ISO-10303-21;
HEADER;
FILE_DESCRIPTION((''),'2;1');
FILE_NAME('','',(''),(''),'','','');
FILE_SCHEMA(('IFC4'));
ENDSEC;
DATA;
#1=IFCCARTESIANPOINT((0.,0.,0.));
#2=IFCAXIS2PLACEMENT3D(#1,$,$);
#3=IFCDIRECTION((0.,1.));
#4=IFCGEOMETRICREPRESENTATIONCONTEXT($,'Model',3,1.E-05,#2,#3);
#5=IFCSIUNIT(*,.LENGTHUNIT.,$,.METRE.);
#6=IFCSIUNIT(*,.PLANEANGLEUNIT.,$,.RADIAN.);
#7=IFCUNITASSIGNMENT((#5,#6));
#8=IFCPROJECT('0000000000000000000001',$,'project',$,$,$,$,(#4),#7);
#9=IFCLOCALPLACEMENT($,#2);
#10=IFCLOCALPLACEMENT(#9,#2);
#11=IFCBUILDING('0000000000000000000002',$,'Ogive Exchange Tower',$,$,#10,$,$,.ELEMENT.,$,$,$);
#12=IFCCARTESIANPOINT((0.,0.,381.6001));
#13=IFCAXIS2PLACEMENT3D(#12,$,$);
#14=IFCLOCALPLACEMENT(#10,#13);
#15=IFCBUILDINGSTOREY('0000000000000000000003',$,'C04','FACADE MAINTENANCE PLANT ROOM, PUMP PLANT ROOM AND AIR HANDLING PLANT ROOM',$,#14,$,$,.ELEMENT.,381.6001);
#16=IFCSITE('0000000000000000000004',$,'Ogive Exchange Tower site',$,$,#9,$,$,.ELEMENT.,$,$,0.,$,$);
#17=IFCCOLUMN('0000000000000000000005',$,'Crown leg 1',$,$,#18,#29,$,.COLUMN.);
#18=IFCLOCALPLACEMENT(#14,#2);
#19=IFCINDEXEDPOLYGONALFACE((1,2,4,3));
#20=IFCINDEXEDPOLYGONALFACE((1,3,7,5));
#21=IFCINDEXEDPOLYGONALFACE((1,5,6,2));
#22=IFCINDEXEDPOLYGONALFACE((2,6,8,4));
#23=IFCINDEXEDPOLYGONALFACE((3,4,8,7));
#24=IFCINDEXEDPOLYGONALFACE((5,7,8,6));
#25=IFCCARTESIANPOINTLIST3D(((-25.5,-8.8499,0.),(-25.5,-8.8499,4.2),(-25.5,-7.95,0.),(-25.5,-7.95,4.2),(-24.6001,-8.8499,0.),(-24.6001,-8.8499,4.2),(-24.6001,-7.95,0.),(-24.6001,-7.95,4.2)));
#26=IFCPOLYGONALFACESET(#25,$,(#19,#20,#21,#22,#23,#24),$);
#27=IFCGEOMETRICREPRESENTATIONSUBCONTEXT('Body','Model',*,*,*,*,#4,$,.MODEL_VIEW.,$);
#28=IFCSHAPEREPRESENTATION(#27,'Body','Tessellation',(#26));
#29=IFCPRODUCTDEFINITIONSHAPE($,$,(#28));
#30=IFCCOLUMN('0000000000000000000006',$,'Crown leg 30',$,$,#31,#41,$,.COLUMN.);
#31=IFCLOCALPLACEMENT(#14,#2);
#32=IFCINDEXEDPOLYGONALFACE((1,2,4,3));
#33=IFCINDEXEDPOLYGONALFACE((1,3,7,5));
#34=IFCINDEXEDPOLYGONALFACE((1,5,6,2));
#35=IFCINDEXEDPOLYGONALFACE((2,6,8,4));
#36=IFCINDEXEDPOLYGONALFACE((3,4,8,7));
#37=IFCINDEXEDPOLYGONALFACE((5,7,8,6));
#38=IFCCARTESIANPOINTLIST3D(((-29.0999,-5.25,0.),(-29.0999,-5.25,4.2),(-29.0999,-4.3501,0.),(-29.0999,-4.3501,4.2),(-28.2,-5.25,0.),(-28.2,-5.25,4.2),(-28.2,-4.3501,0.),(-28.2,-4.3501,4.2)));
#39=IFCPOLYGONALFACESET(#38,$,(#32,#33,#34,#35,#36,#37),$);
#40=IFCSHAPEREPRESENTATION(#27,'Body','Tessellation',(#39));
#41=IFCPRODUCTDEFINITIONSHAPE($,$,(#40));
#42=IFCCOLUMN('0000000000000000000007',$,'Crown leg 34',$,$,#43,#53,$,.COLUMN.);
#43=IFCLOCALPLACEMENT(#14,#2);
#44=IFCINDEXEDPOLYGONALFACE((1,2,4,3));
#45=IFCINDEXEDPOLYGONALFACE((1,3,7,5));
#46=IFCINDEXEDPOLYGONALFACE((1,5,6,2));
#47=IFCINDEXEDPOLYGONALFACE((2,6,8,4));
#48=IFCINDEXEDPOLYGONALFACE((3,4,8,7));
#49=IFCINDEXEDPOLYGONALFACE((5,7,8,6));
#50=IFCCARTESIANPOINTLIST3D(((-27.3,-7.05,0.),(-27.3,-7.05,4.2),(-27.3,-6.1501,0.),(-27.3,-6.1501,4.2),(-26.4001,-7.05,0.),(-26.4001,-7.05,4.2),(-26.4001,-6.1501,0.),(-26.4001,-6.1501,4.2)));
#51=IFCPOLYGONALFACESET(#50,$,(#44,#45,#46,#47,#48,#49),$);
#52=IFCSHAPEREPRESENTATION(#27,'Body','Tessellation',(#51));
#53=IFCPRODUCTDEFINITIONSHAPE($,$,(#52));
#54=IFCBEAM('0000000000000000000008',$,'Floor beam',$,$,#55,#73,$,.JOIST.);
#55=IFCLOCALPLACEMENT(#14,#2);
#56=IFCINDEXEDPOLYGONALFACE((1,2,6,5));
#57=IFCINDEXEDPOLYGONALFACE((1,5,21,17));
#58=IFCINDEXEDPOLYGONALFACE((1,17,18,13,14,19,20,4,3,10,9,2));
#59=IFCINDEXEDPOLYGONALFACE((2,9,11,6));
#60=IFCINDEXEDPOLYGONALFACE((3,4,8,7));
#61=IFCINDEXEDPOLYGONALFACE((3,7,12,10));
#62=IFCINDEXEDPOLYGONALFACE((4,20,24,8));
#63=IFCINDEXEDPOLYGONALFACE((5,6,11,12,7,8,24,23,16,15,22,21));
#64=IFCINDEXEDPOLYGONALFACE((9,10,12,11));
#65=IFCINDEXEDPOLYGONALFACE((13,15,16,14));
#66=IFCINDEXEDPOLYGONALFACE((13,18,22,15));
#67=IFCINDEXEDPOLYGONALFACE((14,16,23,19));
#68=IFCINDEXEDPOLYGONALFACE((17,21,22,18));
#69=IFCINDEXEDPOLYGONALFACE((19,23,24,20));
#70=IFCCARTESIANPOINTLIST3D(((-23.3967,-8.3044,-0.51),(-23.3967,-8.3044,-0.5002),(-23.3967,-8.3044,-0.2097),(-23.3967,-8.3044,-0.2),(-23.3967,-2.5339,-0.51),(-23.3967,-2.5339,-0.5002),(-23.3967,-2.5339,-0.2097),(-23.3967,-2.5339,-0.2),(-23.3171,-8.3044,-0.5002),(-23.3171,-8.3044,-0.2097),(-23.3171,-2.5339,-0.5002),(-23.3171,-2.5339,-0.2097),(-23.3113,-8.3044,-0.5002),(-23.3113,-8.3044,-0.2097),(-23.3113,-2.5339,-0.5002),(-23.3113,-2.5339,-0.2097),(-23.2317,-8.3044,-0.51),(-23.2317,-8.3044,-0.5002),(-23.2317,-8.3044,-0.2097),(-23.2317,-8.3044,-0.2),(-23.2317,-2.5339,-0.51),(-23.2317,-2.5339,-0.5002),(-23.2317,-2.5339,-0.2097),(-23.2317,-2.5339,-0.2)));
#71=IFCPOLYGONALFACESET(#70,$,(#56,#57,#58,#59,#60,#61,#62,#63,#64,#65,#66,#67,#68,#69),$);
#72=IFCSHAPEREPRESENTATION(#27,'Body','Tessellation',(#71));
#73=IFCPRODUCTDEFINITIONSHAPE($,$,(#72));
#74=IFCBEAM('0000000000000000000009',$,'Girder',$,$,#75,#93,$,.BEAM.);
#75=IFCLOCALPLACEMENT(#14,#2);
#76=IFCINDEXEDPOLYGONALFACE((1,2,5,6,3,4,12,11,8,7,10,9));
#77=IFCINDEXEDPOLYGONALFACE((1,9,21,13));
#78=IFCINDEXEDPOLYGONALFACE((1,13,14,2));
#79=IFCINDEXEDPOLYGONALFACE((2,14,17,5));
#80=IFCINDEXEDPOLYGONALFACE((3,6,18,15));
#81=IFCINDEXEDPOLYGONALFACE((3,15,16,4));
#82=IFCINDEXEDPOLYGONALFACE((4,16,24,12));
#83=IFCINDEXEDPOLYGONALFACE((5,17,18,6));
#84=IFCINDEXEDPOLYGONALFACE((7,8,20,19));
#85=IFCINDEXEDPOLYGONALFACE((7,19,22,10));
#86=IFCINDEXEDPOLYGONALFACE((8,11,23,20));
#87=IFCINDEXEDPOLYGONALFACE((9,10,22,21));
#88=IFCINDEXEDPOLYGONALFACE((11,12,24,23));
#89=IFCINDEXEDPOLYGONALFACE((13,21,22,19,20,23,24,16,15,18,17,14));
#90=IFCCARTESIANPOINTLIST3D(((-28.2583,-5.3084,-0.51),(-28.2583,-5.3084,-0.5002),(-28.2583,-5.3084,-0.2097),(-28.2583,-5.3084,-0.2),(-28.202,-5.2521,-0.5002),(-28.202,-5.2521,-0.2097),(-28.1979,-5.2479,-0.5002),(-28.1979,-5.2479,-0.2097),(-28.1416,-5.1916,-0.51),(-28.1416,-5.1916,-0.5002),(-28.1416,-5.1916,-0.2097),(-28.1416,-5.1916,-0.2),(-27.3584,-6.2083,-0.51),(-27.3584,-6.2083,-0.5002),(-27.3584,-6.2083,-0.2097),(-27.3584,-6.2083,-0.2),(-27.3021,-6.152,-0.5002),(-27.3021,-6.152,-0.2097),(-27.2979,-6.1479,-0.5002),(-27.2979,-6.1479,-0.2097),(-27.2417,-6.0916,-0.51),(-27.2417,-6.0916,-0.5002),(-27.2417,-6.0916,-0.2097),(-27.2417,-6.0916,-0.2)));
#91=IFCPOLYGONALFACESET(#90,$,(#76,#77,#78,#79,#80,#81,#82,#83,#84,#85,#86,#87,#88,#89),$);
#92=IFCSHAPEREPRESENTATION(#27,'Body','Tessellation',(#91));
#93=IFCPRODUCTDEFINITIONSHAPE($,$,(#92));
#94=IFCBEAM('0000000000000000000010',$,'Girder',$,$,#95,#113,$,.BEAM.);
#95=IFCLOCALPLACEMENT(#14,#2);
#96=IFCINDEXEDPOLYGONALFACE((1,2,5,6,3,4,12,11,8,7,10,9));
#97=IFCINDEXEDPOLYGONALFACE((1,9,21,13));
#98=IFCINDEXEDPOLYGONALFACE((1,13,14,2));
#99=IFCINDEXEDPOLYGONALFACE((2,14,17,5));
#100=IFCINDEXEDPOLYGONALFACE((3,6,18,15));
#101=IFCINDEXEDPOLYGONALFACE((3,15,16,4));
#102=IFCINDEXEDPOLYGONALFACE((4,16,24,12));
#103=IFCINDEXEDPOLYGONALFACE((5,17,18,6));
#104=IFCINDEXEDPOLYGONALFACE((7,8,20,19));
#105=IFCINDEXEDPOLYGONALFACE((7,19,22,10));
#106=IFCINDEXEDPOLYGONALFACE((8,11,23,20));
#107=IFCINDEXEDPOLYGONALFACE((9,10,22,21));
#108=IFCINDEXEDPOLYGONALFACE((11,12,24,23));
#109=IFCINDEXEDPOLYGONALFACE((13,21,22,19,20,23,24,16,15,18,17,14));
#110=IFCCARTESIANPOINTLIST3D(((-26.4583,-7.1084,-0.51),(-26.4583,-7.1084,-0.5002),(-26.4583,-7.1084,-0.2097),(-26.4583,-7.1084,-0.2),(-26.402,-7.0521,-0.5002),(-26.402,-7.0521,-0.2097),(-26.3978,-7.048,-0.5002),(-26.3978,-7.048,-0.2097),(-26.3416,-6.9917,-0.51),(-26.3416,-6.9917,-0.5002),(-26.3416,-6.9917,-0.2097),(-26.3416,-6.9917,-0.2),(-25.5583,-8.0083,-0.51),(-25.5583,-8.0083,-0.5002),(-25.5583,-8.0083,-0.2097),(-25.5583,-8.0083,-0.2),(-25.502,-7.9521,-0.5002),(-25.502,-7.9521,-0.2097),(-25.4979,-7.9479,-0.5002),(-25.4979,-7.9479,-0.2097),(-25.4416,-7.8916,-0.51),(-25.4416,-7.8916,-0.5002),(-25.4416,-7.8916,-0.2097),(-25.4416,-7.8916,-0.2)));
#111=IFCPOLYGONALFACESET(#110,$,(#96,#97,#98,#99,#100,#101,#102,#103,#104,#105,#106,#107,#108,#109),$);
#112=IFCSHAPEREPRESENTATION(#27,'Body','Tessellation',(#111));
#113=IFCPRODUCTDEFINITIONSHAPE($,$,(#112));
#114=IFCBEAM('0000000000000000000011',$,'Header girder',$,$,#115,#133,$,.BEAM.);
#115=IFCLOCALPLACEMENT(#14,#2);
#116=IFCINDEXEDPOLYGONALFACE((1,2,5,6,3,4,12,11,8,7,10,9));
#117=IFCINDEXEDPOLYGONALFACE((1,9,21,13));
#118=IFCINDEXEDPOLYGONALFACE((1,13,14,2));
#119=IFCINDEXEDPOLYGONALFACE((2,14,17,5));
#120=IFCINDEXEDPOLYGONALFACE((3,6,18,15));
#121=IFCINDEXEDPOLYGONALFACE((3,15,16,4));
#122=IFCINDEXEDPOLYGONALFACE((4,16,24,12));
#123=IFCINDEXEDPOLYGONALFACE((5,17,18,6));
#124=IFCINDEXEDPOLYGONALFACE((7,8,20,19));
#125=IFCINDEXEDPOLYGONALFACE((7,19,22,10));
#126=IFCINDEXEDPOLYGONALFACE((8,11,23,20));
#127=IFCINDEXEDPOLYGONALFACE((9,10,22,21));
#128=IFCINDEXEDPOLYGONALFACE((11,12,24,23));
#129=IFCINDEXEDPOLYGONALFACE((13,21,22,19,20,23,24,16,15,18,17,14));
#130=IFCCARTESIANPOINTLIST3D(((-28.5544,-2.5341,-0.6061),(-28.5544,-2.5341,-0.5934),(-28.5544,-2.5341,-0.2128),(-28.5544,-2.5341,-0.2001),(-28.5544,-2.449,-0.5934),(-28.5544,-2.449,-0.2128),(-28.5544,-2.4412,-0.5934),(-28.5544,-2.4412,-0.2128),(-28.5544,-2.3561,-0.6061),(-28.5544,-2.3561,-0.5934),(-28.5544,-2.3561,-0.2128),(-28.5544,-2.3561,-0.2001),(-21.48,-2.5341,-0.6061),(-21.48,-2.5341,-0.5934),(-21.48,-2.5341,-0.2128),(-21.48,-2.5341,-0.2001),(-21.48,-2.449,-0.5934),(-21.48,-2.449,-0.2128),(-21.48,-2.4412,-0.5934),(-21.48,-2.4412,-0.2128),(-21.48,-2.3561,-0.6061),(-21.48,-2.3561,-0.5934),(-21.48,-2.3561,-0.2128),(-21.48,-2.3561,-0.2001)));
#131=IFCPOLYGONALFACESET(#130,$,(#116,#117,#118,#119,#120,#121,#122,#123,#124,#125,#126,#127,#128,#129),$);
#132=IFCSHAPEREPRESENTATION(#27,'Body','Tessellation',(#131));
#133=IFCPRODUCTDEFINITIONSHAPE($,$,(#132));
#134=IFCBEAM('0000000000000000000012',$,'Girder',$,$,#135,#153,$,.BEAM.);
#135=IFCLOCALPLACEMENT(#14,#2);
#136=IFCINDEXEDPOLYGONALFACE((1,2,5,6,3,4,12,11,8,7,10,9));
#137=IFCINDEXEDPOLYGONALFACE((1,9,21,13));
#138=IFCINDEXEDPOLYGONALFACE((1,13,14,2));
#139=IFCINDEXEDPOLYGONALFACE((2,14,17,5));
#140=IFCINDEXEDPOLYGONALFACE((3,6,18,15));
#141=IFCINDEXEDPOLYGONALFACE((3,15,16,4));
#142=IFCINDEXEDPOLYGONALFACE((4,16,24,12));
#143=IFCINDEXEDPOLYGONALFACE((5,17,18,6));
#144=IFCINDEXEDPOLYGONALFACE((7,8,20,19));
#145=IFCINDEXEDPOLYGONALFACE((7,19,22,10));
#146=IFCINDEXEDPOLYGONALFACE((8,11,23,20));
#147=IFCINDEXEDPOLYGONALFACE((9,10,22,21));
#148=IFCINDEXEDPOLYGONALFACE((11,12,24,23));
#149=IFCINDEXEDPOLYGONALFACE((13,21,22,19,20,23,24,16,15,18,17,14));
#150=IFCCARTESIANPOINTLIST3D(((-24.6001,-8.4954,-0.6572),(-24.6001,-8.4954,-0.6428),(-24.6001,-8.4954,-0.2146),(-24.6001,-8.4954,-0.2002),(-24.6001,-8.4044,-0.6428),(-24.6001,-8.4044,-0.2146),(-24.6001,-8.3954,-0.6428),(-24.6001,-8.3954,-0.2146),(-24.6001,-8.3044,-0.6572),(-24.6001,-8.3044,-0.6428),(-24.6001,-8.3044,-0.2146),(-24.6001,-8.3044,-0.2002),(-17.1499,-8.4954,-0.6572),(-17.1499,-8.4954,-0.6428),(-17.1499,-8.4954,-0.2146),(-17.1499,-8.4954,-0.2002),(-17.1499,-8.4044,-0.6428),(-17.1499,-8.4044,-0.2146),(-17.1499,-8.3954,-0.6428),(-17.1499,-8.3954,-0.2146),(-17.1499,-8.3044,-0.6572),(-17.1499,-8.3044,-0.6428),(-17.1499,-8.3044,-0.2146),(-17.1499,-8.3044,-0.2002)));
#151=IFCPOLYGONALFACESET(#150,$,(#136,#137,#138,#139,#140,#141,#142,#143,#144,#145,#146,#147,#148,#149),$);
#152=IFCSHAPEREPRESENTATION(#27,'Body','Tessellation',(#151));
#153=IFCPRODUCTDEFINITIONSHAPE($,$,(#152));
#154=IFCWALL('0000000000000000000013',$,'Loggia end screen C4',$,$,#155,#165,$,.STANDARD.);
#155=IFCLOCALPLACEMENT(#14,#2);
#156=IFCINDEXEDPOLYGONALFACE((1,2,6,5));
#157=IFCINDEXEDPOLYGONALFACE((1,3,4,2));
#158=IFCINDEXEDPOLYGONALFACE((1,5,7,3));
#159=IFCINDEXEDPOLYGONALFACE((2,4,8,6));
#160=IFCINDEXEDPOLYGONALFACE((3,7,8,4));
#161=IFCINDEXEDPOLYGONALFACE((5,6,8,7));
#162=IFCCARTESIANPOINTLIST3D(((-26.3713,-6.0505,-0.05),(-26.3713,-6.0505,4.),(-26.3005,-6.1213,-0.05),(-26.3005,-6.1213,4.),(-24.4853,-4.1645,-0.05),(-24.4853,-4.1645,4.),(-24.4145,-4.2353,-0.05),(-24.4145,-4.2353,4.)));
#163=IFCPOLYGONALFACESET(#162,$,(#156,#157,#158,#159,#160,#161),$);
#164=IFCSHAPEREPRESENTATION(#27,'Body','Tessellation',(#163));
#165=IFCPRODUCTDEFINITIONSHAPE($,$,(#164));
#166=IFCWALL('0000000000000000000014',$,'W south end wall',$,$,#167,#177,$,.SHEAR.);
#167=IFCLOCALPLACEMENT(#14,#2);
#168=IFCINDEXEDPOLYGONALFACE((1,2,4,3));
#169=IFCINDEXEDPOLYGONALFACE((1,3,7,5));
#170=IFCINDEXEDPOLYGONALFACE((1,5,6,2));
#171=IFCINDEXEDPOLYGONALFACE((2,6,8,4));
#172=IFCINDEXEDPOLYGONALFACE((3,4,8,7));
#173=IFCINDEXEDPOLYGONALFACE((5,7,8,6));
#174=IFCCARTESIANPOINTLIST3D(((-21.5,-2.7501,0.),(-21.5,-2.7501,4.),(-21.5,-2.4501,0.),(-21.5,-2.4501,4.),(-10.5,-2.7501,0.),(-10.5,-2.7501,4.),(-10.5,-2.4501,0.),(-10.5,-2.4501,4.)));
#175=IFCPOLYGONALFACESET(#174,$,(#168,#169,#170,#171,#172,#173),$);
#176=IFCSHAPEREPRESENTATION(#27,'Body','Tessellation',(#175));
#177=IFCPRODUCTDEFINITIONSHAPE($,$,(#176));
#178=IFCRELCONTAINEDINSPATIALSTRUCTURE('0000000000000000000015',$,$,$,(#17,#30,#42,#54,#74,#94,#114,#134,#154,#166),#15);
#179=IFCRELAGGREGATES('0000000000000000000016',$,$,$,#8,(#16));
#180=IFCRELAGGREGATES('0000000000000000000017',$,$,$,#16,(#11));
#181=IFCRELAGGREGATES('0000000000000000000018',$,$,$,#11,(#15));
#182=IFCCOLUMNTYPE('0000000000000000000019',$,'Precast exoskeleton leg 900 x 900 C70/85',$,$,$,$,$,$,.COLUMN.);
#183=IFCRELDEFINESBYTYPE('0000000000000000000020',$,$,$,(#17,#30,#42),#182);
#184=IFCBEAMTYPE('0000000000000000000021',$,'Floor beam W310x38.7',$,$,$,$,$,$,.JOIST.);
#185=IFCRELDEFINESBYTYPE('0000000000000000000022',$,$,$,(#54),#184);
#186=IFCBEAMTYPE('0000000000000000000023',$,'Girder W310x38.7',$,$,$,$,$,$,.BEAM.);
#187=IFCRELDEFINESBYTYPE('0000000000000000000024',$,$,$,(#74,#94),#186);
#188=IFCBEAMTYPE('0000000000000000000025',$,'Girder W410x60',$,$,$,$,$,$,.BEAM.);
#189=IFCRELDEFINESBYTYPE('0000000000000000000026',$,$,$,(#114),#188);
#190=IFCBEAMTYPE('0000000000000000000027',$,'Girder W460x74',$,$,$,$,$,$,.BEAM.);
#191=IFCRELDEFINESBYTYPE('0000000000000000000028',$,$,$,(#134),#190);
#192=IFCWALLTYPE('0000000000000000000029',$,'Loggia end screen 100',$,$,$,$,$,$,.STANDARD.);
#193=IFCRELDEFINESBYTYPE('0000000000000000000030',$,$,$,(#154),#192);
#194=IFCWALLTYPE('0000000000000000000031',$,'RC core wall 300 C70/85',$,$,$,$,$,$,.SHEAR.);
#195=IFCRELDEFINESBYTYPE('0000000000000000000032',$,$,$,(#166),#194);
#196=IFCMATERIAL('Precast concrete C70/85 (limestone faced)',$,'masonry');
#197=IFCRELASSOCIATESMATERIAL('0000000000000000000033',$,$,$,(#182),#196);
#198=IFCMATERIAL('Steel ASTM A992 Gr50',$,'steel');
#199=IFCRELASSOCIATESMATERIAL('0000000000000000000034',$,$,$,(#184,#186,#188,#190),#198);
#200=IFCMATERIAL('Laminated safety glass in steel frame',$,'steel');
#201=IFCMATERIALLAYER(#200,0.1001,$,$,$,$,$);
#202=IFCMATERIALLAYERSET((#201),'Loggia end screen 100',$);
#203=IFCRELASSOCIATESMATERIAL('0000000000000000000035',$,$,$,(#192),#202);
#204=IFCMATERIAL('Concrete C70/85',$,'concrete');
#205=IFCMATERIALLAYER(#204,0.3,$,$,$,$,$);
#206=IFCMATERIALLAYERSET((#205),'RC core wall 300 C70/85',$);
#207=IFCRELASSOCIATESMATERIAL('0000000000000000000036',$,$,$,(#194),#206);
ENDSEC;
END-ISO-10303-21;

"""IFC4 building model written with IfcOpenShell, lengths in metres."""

from ifc_helpers import new_model, si_unit, direction, frame, frame_2d, origin, origin_2d, place, context, subcontext, project, spatial, rectangle, i_section, extrude, material, layer, layer_set, material_profile, profile_set, type_object, element, save


model = new_model("IFC4")

# Units and contexts
model_context = context("Model", 3, precision=1e-05, world=origin(), true_north=direction((0.0, 1.0)))
body_context = subcontext(model_context, "Body", "Model", "MODEL_VIEW")
ifc_project = project(units=[si_unit("LENGTHUNIT", "METRE"), si_unit("PLANEANGLEUNIT", "RADIAN")], contexts=[model_context])

# Site, building, storey
site_placement = place(None, origin())
site = spatial("IfcSite", under=ifc_project, at=site_placement, Name="Ogive Exchange Tower site", CompositionType="ELEMENT", RefElevation=0.0)
building_placement = place(site_placement, origin())
building = spatial("IfcBuilding", under=site, at=building_placement, Name="Ogive Exchange Tower", CompositionType="ELEMENT")
storey_placement = place(building_placement, frame((0.0, 0.0, 381.6001)))
storey = spatial("IfcBuildingStorey", under=building, at=storey_placement, Name="C04", Description="FACADE MAINTENANCE PLANT ROOM, PUMP PLANT ROOM AND AIR HANDLING PLANT ROOM", CompositionType="ELEMENT", Elevation=381.6001)

# Columns
ifc_material_1 = material(Name="Precast concrete C70/85 (limestone faced)", Category="masonry")
ifc_material_profile_1 = material_profile(ifc_material_1, rectangle(XDim=0.8999, YDim=0.8999, at=origin_2d()), Name="900 x 900")
ifc_profile_set_1 = profile_set([ifc_material_profile_1], Name="Precast concrete C70/85 (limestone faced)")
column_type = type_object("IfcColumnType", Name="Precast exoskeleton leg 900 x 900 C70/85", PredefinedType="COLUMN", material=ifc_profile_set_1)
for number, where, z_axis, x_axis, name in (
    (1, (-25.05, -8.3999, 0.0), (0.0, 0.0, 1.0), (1.0, 0.0, 0.0), "Crown leg 1"),
    (2, (-28.6499, -4.8, 0.0), (0.0, 0.0, 1.0), (1.0, 0.0, 0.0), "Crown leg 30"),
    (3, (-26.8501, -6.6001, 0.0), (0.0, 0.0, 1.0), (1.0, 0.0, 0.0), "Crown leg 34"),
):
    element("IfcColumn", number, at=place(storey_placement, frame(where, z_axis=z_axis, x_axis=x_axis)), inside=storey, type_object=column_type, Name=name, PredefinedType="COLUMN", context=body_context, shape_type="SweptSolid", body=[
        extrude(rectangle(XDim=0.8999, YDim=0.8999, at=origin_2d()), origin(), (0.0, 0.0, 1.0), 4.2),
    ])

# Beams
ifc_material_2 = material(Name="Steel ASTM A992 Gr50", Category="steel")
ifc_material_profile_2 = material_profile(ifc_material_2, i_section(OverallWidth=0.165, OverallDepth=0.3101, WebThickness=0.0059, FlangeThickness=0.0098, at=origin_2d()), Name="W310x38.7")
ifc_profile_set_2 = profile_set([ifc_material_profile_2], Name="Steel ASTM A992 Gr50")
beam_type_1 = type_object("IfcBeamType", Name="Floor beam W310x38.7", PredefinedType="JOIST", material=ifc_profile_set_2)
beam_1_placement = place(storey_placement, frame((-23.3142, -8.3044, -0.355), z_axis=(0.0, 1.0, 0.0), x_axis=(-1.0, 0.0, 0.0)))
element("IfcBeam", 4, at=beam_1_placement, inside=storey, type_object=beam_type_1, Name="Floor beam", PredefinedType="JOIST", context=body_context, shape_type="SweptSolid", body=[
    extrude(i_section(OverallWidth=0.165, OverallDepth=0.3101, WebThickness=0.0059, FlangeThickness=0.0098, at=origin_2d()), origin(), (0.0, 0.0, 1.0), 5.7705),
])
ifc_material_profile_3 = material_profile(ifc_material_2, i_section(OverallWidth=0.165, OverallDepth=0.3101, WebThickness=0.0059, FlangeThickness=0.0098, at=origin_2d()), Name="W310x38.7")
ifc_profile_set_3 = profile_set([ifc_material_profile_3], Name="Steel ASTM A992 Gr50")
beam_type_2 = type_object("IfcBeamType", Name="Girder W310x38.7", PredefinedType="BEAM", material=ifc_profile_set_3)
for number, where, z_axis, x_axis, name in (
    (5, (-28.2, -5.25, -0.355), (0.707107, -0.707107, 0.0), (0.707107, 0.707107, 0.0), "Girder"),
    (6, (-26.3999, -7.05, -0.355), (0.707107, -0.707107, 0.0), (0.707107, 0.707107, 0.0), "Girder"),
):
    element("IfcBeam", number, at=place(storey_placement, frame(where, z_axis=z_axis, x_axis=x_axis)), inside=storey, type_object=beam_type_2, Name=name, PredefinedType="BEAM", context=body_context, shape_type="SweptSolid", body=[
        extrude(i_section(OverallWidth=0.165, OverallDepth=0.3101, WebThickness=0.0059, FlangeThickness=0.0098, at=origin_2d()), origin(), (0.0, 0.0, 1.0), 1.2727),
    ])
ifc_material_profile_4 = material_profile(ifc_material_2, i_section(OverallWidth=0.178, OverallDepth=0.406, WebThickness=0.0078, FlangeThickness=0.0127, at=origin_2d()), Name="W410x60")
ifc_profile_set_4 = profile_set([ifc_material_profile_4], Name="Steel ASTM A992 Gr50")
beam_type_3 = type_object("IfcBeamType", Name="Girder W410x60", PredefinedType="BEAM", material=ifc_profile_set_4)
beam_2_placement = place(storey_placement, frame((-28.5544, -2.4451, -0.4031), z_axis=(1.0, 0.0, 0.0), x_axis=(0.0, 1.0, 0.0)))
element("IfcBeam", 7, at=beam_2_placement, inside=storey, type_object=beam_type_3, Name="Header girder", PredefinedType="BEAM", context=body_context, shape_type="SweptSolid", body=[
    extrude(i_section(OverallWidth=0.178, OverallDepth=0.406, WebThickness=0.0078, FlangeThickness=0.0127, at=origin_2d()), origin(), (0.0, 0.0, 1.0), 7.0745),
])
ifc_material_profile_5 = material_profile(ifc_material_2, i_section(OverallWidth=0.1909, OverallDepth=0.457, WebThickness=0.009, FlangeThickness=0.0144, at=origin_2d()), Name="W460x74")
ifc_profile_set_5 = profile_set([ifc_material_profile_5], Name="Steel ASTM A992 Gr50")
beam_type_4 = type_object("IfcBeamType", Name="Girder W460x74", PredefinedType="BEAM", material=ifc_profile_set_5)
beam_3_placement = place(storey_placement, frame((-24.6001, -8.3999, -0.4287), z_axis=(1.0, 0.0, 0.0), x_axis=(0.0, 1.0, 0.0)))
element("IfcBeam", 8, at=beam_3_placement, inside=storey, type_object=beam_type_4, Name="Girder", PredefinedType="BEAM", context=body_context, shape_type="SweptSolid", body=[
    extrude(i_section(OverallWidth=0.1909, OverallDepth=0.457, WebThickness=0.009, FlangeThickness=0.0144, at=origin_2d()), origin(), (0.0, 0.0, 1.0), 7.4502),
])

# Walls
ifc_material_3 = material(Name="Laminated safety glass in steel frame", Category="steel")
ifc_layer_1 = layer(ifc_material_3, 0.1001)
ifc_layer_set_1 = layer_set([ifc_layer_1], Name="Loggia end screen 100")
wall_type_1 = type_object("IfcWallType", Name="Loggia end screen 100", PredefinedType="STANDARD", material=ifc_layer_set_1)
wall_1_placement = place(storey_placement, frame((-24.45, -4.2, -0.05), z_axis=(0.0, 0.0, 1.0), x_axis=(-0.707107, -0.707107, 0.0)))
element("IfcWall", 9, at=wall_1_placement, inside=storey, type_object=wall_type_1, Name="Loggia end screen C4", PredefinedType="STANDARD", context=body_context, shape_type="SweptSolid", body=[
    extrude(rectangle(XDim=2.6672, YDim=0.1001, at=frame_2d((1.3335, 0.0))), origin(), (0.0, 0.0, 1.0), 4.05),
])
ifc_material_4 = material(Name="Concrete C70/85", Category="concrete")
ifc_layer_2 = layer(ifc_material_4, 0.3)
ifc_layer_set_2 = layer_set([ifc_layer_2], Name="RC core wall 300 C70/85")
wall_type_2 = type_object("IfcWallType", Name="RC core wall 300 C70/85", PredefinedType="SHEAR", material=ifc_layer_set_2)
wall_2_placement = place(storey_placement, frame((-21.5, -2.6001, 0.0), z_axis=(0.0, 0.0, 1.0), x_axis=(1.0, 0.0, 0.0)))
element("IfcWall", 10, at=wall_2_placement, inside=storey, type_object=wall_type_2, Name="W south end wall", PredefinedType="SHEAR", context=body_context, shape_type="SweptSolid", body=[
    extrude(rectangle(XDim=11.0, YDim=0.3, at=frame_2d((5.5, 0.0))), origin(), (0.0, 0.0, 1.0), 4.0),
])

save(model, "model.ifc")
